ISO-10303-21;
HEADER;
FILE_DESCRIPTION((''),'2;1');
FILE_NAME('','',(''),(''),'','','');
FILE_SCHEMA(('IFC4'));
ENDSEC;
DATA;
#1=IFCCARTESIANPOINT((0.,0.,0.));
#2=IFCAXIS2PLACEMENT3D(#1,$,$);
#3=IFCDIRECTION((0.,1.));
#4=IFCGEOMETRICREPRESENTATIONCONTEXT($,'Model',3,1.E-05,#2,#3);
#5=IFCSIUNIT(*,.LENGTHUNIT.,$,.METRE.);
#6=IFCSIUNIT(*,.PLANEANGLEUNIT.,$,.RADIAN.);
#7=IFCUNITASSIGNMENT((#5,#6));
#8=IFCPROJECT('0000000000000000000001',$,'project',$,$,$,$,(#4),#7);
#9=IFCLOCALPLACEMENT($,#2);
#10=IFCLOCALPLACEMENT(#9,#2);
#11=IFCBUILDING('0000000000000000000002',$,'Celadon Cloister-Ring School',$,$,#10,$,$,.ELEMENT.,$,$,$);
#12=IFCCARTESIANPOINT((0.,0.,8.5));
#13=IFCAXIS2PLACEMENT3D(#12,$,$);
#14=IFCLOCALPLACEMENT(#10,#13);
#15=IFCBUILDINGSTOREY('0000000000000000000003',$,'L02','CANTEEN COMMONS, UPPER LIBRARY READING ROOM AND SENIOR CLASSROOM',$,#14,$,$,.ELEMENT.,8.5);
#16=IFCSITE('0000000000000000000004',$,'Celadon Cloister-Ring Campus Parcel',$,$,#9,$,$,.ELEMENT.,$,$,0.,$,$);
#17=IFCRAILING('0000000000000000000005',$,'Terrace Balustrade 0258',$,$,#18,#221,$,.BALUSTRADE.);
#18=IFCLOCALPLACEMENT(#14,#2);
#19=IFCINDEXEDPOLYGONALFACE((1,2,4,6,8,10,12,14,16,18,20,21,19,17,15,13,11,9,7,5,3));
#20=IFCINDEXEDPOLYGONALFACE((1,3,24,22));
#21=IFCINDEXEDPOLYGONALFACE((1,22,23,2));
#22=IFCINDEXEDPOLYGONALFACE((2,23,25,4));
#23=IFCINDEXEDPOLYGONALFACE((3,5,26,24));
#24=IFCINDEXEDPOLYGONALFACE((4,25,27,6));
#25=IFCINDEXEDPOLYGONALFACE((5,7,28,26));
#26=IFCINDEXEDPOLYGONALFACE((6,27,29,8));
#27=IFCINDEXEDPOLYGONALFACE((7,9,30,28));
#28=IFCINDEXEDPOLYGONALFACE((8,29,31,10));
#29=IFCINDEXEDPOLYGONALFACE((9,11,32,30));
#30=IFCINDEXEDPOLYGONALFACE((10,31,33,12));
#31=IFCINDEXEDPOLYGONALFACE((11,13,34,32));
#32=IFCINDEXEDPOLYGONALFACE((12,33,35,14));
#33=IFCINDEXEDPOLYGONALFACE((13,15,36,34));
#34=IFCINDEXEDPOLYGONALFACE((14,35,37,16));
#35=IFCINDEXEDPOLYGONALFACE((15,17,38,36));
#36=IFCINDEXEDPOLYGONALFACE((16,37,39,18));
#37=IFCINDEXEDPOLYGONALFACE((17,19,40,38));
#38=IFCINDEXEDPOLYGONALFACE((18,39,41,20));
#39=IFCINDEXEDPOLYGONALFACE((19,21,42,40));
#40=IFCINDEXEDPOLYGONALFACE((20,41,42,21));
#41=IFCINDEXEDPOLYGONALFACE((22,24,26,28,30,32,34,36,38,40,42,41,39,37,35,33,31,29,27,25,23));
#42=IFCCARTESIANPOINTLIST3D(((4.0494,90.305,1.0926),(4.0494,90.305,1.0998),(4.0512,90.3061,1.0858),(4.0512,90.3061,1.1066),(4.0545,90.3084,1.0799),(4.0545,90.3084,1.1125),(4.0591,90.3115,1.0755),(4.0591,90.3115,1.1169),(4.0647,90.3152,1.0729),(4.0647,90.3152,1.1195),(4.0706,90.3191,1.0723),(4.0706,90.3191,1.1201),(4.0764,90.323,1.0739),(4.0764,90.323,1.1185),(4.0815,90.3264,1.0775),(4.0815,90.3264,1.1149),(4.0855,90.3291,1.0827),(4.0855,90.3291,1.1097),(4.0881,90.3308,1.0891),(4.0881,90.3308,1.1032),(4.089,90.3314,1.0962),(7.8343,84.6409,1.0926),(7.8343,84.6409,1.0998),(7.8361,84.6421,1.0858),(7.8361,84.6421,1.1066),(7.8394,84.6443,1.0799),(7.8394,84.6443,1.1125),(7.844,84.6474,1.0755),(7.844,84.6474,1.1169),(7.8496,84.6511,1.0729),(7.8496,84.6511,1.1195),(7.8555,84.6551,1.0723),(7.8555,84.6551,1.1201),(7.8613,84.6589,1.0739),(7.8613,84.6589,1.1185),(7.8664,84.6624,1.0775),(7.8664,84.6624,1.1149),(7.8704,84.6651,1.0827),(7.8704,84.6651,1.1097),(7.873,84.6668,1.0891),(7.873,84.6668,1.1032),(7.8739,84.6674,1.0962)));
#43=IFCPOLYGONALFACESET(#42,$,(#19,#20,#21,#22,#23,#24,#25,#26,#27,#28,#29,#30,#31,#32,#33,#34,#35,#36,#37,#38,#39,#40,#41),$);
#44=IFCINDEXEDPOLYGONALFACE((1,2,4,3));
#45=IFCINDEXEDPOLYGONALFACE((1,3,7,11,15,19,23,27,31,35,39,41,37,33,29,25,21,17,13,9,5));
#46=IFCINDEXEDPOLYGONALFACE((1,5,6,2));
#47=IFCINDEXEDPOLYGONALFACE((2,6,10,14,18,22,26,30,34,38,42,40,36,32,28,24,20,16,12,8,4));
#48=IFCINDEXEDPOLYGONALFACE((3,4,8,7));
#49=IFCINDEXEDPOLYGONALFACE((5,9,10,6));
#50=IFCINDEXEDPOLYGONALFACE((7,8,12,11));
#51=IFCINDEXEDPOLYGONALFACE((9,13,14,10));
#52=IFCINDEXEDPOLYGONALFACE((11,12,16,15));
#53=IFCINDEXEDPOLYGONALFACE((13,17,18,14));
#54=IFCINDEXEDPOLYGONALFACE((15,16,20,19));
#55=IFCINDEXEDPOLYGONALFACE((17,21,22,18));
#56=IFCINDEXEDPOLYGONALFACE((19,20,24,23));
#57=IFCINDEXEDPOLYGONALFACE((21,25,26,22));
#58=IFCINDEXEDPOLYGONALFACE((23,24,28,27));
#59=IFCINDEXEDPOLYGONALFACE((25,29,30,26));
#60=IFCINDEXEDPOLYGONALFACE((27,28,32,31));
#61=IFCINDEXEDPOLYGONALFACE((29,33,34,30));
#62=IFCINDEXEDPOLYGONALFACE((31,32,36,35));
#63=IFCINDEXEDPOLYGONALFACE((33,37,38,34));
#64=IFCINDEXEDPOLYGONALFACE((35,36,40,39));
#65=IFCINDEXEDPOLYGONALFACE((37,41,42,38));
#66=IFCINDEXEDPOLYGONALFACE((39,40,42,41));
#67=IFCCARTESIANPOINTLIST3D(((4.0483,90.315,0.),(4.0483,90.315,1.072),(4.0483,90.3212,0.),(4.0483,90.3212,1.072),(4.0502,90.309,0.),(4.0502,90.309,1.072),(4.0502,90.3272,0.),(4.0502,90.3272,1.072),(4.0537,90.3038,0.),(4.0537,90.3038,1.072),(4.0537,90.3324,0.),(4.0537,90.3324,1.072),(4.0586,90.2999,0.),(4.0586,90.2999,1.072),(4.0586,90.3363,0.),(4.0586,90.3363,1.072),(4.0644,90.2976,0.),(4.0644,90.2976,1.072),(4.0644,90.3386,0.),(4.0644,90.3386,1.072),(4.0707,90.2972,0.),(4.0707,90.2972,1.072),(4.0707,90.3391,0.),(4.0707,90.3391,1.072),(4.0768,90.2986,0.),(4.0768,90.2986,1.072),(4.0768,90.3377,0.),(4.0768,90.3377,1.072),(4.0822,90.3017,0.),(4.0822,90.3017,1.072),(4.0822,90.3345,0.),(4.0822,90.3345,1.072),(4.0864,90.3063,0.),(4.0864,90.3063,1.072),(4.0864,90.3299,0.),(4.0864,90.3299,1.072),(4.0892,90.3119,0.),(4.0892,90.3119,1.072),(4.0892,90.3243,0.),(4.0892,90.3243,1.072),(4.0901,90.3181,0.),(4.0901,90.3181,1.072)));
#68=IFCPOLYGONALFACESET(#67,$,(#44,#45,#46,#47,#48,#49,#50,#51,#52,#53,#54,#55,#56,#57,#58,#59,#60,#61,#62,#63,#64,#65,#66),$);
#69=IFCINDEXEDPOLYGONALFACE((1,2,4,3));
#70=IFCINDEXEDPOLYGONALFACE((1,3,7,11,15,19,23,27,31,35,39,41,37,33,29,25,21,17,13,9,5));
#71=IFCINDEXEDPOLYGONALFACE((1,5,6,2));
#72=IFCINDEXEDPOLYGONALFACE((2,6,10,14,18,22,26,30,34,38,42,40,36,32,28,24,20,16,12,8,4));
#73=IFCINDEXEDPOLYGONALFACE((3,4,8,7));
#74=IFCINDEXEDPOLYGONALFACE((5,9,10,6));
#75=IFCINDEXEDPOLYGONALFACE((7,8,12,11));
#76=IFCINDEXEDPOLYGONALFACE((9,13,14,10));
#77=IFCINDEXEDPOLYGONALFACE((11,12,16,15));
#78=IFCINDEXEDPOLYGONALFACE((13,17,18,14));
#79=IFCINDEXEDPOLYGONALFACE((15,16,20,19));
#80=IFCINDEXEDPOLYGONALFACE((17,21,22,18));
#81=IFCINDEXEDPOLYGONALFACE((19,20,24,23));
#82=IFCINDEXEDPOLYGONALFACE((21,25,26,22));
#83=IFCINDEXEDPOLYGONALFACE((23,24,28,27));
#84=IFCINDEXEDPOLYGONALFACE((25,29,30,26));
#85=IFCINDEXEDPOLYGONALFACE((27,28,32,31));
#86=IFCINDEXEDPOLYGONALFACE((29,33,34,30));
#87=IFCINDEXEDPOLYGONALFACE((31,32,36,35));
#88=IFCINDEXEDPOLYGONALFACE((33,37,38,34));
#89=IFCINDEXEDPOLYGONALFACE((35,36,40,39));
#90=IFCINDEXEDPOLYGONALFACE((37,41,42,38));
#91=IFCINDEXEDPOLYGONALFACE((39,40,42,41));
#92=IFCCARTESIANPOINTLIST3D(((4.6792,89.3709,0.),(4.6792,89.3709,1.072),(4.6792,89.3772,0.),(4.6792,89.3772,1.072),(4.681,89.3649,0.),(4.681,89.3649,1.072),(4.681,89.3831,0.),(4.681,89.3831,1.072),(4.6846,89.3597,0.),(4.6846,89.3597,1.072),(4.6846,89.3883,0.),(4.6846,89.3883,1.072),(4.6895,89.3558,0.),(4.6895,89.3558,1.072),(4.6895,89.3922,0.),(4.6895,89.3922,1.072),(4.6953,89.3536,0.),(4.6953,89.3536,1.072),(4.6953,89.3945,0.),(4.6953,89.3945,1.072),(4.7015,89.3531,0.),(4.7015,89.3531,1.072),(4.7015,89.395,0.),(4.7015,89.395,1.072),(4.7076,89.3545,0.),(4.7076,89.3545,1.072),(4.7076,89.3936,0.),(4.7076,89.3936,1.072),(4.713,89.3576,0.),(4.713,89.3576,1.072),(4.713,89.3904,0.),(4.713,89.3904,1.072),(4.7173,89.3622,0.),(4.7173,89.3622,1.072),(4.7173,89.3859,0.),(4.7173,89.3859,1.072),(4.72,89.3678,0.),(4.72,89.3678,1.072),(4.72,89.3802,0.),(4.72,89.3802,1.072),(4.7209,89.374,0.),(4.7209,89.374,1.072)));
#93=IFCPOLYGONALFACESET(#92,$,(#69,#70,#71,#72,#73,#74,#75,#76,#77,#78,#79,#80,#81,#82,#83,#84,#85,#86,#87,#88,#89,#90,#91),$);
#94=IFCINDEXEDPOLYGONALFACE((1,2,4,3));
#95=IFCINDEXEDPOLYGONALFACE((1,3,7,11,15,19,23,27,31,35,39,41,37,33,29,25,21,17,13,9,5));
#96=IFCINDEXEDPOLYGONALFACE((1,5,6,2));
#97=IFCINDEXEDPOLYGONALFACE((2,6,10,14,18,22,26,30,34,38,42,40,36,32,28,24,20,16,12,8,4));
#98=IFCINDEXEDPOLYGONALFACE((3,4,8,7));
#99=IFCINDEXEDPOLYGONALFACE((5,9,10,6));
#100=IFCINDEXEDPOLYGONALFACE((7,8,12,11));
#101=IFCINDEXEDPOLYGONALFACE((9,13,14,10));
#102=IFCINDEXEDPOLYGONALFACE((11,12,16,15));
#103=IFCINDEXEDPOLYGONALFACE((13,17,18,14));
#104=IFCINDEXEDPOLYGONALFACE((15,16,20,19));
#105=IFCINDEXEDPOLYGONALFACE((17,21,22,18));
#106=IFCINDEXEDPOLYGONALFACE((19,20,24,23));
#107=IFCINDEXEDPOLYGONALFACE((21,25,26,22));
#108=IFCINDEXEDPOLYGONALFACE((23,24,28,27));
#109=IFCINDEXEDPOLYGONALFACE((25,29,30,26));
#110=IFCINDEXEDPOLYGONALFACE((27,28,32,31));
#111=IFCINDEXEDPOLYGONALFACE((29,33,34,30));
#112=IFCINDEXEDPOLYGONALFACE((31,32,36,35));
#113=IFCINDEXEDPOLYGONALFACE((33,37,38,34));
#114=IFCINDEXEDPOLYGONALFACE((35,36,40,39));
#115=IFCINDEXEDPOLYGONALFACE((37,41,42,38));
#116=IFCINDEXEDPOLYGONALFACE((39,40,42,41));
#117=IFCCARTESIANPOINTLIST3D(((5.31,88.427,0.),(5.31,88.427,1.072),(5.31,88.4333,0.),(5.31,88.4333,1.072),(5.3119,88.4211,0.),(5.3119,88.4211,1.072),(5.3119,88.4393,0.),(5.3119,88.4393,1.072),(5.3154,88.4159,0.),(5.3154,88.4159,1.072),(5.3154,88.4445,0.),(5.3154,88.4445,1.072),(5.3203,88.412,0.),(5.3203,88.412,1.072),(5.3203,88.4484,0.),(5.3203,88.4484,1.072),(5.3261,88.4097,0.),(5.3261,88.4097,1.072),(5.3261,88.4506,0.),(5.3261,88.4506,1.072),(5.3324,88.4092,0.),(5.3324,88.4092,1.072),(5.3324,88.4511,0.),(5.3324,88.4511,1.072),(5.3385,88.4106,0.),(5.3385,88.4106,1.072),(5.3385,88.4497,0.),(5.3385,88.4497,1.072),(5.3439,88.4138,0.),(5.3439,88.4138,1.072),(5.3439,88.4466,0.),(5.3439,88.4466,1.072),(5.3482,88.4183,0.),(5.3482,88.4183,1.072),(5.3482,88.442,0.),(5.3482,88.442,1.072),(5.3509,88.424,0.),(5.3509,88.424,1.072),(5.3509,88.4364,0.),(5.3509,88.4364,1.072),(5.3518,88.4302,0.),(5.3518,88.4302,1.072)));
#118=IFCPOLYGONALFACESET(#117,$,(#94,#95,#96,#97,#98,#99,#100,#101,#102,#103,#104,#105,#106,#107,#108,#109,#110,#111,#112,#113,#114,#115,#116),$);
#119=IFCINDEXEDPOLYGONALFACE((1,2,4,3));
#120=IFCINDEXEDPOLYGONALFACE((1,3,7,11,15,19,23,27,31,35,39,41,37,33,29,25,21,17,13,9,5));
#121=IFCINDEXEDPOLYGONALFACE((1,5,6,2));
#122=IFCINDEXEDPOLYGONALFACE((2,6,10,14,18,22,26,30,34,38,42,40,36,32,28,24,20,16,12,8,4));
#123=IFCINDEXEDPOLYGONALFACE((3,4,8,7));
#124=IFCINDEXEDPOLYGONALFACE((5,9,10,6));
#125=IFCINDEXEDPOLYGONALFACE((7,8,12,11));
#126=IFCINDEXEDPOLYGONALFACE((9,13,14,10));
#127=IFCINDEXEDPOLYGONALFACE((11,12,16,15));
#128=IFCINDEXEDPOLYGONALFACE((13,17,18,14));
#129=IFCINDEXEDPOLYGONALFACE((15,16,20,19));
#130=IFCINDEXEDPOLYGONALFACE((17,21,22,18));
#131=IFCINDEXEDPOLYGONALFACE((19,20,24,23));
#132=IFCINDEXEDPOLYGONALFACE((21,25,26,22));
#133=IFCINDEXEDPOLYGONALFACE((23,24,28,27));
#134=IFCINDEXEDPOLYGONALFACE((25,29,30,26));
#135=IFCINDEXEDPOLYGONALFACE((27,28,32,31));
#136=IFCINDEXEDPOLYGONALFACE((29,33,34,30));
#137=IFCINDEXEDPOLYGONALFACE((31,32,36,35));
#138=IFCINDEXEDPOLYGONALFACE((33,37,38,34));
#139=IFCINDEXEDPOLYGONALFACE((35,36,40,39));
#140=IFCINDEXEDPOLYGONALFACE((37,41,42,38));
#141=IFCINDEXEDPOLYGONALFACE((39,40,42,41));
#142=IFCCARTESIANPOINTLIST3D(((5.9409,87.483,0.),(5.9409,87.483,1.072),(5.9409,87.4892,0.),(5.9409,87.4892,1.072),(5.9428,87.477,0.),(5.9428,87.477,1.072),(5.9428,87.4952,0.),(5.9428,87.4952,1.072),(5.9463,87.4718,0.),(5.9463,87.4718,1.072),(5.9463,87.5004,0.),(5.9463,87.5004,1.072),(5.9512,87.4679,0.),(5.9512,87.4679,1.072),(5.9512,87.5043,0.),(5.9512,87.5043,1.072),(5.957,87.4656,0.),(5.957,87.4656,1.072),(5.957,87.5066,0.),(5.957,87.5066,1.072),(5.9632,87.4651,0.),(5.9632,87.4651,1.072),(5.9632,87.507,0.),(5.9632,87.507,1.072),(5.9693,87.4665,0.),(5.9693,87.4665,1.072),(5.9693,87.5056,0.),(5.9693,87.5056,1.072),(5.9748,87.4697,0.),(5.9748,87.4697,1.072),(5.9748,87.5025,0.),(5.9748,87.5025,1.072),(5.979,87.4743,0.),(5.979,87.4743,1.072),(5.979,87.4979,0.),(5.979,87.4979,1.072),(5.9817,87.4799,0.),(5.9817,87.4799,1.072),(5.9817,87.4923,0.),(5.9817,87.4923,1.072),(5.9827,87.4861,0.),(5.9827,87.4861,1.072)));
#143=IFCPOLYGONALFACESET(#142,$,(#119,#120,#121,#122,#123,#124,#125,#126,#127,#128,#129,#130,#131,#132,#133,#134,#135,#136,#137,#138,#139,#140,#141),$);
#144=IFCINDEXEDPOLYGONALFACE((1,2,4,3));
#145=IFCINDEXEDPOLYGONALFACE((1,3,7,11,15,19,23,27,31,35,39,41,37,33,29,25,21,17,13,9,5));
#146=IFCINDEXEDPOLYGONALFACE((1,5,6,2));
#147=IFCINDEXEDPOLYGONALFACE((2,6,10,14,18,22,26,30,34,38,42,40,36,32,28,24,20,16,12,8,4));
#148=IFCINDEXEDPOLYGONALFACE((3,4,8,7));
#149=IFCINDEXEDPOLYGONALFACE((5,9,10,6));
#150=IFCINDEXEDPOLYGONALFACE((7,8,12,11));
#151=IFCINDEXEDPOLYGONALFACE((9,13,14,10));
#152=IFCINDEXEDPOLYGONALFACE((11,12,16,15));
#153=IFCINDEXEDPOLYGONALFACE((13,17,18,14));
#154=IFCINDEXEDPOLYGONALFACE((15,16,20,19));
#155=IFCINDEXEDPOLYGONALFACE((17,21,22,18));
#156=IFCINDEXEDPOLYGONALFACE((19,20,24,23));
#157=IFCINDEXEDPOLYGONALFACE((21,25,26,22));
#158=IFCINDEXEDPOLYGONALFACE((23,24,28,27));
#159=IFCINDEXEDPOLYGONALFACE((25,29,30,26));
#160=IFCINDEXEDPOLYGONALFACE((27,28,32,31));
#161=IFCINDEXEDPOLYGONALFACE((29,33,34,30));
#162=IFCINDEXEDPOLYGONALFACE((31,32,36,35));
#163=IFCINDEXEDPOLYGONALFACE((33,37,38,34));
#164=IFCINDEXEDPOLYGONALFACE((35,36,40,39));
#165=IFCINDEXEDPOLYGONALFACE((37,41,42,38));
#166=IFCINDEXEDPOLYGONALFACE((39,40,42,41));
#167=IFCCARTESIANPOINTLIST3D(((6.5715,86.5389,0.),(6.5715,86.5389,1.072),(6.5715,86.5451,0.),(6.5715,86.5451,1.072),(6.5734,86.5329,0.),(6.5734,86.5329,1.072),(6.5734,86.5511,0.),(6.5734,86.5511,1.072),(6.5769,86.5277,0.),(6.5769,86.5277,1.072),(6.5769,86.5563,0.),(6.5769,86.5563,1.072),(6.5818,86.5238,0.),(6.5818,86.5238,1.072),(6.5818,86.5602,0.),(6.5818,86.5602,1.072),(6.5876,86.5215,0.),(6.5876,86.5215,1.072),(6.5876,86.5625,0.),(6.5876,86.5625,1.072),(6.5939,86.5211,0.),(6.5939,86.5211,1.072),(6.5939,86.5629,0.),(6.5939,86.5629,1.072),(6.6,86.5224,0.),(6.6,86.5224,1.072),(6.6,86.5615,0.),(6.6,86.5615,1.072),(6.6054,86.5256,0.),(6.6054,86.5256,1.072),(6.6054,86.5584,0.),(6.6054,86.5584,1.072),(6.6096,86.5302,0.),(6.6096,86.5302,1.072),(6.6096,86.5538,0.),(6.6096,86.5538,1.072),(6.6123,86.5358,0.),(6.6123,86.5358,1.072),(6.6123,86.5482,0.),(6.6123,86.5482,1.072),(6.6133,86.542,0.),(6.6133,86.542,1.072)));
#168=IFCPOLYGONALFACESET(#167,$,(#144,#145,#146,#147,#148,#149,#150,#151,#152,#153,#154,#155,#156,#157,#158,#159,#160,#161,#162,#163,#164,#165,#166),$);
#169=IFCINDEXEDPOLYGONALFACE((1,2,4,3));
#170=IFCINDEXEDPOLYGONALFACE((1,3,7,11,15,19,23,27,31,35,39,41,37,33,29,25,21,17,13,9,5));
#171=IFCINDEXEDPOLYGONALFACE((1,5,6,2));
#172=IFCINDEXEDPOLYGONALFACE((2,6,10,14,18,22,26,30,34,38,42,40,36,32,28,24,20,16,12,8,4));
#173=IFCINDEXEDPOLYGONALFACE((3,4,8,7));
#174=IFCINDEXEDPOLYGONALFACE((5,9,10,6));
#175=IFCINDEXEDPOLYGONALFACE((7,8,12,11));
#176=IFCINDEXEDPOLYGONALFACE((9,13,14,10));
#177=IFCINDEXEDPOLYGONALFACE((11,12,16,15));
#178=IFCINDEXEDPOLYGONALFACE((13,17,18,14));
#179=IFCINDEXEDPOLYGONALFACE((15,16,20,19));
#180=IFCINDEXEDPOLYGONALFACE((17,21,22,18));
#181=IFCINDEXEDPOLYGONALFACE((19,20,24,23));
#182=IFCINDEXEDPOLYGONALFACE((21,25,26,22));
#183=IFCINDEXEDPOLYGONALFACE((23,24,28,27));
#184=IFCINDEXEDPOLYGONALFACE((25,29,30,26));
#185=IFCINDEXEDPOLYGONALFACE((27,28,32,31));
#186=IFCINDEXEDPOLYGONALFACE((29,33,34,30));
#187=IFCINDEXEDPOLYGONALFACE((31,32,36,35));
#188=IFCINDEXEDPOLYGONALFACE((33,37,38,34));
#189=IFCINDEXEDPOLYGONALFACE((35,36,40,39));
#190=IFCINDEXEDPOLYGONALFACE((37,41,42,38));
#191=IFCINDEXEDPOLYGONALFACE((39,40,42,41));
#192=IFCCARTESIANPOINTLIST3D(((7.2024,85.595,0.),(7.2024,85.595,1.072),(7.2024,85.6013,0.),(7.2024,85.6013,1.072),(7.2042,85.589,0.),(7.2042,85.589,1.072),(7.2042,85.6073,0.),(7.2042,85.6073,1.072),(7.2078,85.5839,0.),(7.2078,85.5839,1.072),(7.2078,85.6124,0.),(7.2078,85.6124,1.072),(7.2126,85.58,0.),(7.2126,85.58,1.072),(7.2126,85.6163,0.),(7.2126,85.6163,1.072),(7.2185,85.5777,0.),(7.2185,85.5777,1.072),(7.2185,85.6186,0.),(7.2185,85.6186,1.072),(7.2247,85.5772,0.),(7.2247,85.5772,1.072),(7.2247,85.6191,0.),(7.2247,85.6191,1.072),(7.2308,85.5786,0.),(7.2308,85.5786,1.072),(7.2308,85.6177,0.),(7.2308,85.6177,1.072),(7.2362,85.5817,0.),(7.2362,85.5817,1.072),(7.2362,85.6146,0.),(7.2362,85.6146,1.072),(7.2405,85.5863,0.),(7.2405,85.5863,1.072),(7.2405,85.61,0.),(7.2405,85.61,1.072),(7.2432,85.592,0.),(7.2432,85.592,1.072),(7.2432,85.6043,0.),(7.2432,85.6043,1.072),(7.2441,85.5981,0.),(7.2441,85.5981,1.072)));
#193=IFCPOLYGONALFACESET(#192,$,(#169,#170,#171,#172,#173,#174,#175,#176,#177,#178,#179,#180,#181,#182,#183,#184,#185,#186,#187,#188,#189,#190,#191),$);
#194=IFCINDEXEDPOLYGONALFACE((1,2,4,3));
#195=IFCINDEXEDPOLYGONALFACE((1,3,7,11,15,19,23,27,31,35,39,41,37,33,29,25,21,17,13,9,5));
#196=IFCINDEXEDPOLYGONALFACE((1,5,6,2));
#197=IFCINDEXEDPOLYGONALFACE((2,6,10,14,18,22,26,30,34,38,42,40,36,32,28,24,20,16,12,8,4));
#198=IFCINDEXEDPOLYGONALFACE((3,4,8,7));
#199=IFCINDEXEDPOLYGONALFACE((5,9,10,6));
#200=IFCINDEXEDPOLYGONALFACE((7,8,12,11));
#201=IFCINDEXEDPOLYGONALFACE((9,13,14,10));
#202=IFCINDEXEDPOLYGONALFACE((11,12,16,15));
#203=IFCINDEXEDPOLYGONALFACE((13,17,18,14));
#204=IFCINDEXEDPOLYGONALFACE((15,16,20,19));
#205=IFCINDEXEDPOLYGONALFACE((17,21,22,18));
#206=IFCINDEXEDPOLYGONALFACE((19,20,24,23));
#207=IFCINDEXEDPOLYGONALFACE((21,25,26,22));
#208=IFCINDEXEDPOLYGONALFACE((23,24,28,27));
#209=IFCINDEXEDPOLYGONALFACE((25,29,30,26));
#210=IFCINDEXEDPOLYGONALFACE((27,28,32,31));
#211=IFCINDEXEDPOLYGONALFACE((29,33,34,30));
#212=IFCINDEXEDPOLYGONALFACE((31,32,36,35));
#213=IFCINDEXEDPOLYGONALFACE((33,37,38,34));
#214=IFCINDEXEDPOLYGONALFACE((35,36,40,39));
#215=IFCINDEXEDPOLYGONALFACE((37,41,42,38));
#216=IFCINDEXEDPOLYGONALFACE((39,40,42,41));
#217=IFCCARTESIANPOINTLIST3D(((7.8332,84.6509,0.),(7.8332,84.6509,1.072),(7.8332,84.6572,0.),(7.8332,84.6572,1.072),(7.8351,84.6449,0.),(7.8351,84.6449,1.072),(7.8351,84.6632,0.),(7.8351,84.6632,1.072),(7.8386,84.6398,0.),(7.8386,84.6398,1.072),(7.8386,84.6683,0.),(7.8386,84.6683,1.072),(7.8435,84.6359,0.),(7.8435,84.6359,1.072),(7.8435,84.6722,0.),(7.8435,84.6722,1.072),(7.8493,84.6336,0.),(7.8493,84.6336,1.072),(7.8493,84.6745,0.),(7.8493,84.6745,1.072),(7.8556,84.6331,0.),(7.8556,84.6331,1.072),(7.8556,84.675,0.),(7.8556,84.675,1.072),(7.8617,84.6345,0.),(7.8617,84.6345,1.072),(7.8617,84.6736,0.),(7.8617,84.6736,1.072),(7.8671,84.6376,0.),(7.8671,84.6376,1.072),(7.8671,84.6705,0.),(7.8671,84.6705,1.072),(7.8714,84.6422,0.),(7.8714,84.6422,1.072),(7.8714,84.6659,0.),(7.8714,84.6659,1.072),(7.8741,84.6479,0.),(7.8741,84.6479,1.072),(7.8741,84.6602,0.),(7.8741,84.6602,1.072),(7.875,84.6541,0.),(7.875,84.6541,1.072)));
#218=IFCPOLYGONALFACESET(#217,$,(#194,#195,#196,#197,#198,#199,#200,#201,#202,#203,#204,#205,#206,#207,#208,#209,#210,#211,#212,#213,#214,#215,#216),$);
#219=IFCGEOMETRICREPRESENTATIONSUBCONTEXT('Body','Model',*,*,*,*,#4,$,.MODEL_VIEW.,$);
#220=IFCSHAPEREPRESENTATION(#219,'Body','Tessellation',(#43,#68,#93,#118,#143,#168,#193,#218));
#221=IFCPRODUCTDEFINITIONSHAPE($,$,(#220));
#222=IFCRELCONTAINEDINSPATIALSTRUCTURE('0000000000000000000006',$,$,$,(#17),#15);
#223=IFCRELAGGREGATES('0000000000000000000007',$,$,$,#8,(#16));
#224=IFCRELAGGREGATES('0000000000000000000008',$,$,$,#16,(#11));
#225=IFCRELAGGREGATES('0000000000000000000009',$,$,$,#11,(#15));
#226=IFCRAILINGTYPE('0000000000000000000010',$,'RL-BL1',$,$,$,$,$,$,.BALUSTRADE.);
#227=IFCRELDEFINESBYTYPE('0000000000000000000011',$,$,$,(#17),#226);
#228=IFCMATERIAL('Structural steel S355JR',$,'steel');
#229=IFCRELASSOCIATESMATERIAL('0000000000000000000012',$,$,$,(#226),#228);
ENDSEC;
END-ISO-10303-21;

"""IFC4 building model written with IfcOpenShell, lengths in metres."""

from ifc_helpers import new_model, si_unit, direction, frame, origin, origin_2d, place, context, subcontext, project, spatial, circle, extrude, material, type_object, element, save


model = new_model("IFC4")

# Units and contexts
model_context = context("Model", 3, precision=1e-05, world=origin(), true_north=direction((0.0, 1.0)))
body_context = subcontext(model_context, "Body", "Model", "MODEL_VIEW")
ifc_project = project(units=[si_unit("LENGTHUNIT", "METRE"), si_unit("PLANEANGLEUNIT", "RADIAN")], contexts=[model_context])

# Site, building, storey
site_placement = place(None, origin())
site = spatial("IfcSite", under=ifc_project, at=site_placement, Name="Celadon Cloister-Ring Campus Parcel", CompositionType="ELEMENT", RefElevation=0.0)
building_placement = place(site_placement, origin())
building = spatial("IfcBuilding", under=site, at=building_placement, Name="Celadon Cloister-Ring School", CompositionType="ELEMENT")
storey_placement = place(building_placement, frame((0.0, 0.0, 8.5)))
storey = spatial("IfcBuildingStorey", under=building, at=storey_placement, Name="L02", Description="CANTEEN COMMONS, UPPER LIBRARY READING ROOM AND SENIOR CLASSROOM", CompositionType="ELEMENT", Elevation=8.5)

# Railing
ifc_material_1 = material(Name="Structural steel S355JR", Category="steel")
railing_type_1 = type_object("IfcRailingType", Name="RL-BL1", PredefinedType="BALUSTRADE", material=ifc_material_1)
railing_1_placement = place(storey_placement, frame((4.0691, 90.3181, 0.0)))
element("IfcRailing", 1, at=railing_1_placement, inside=storey, type_object=railing_type_1, Name="Terrace Balustrade 0258", PredefinedType="BALUSTRADE", context=body_context, shape_type="SweptSolid", body=[
    extrude(circle(Radius=0.0239, at=origin_2d()), frame((0.0, 0.0, 1.0962), z_axis=(0.555601, -0.831449, 0.0), x_axis=(0.831449, 0.555601, 0.0)), (0.0, 0.0, 1.0), 6.8123),
    extrude(circle(Radius=0.021, at=origin_2d()), origin(), (0.0, 0.0, 1.0), 1.072),
    extrude(circle(Radius=0.021, at=origin_2d()), frame((0.6309, -0.9441, 0.0)), (0.0, 0.0, 1.0), 1.072),
    extrude(circle(Radius=0.021, at=origin_2d()), frame((1.2617, -1.8879, 0.0)), (0.0, 0.0, 1.0), 1.072),
    extrude(circle(Radius=0.021, at=origin_2d()), frame((1.8926, -2.832, 0.0)), (0.0, 0.0, 1.0), 1.072),
    extrude(circle(Radius=0.021, at=origin_2d()), frame((2.5232, -3.7761, 0.0)), (0.0, 0.0, 1.0), 1.072),
    extrude(circle(Radius=0.021, at=origin_2d()), frame((3.1541, -4.72, 0.0)), (0.0, 0.0, 1.0), 1.072),
    extrude(circle(Radius=0.021, at=origin_2d()), frame((3.7849, -5.6641, 0.0)), (0.0, 0.0, 1.0), 1.072),
])

save(model, "model.ifc")
